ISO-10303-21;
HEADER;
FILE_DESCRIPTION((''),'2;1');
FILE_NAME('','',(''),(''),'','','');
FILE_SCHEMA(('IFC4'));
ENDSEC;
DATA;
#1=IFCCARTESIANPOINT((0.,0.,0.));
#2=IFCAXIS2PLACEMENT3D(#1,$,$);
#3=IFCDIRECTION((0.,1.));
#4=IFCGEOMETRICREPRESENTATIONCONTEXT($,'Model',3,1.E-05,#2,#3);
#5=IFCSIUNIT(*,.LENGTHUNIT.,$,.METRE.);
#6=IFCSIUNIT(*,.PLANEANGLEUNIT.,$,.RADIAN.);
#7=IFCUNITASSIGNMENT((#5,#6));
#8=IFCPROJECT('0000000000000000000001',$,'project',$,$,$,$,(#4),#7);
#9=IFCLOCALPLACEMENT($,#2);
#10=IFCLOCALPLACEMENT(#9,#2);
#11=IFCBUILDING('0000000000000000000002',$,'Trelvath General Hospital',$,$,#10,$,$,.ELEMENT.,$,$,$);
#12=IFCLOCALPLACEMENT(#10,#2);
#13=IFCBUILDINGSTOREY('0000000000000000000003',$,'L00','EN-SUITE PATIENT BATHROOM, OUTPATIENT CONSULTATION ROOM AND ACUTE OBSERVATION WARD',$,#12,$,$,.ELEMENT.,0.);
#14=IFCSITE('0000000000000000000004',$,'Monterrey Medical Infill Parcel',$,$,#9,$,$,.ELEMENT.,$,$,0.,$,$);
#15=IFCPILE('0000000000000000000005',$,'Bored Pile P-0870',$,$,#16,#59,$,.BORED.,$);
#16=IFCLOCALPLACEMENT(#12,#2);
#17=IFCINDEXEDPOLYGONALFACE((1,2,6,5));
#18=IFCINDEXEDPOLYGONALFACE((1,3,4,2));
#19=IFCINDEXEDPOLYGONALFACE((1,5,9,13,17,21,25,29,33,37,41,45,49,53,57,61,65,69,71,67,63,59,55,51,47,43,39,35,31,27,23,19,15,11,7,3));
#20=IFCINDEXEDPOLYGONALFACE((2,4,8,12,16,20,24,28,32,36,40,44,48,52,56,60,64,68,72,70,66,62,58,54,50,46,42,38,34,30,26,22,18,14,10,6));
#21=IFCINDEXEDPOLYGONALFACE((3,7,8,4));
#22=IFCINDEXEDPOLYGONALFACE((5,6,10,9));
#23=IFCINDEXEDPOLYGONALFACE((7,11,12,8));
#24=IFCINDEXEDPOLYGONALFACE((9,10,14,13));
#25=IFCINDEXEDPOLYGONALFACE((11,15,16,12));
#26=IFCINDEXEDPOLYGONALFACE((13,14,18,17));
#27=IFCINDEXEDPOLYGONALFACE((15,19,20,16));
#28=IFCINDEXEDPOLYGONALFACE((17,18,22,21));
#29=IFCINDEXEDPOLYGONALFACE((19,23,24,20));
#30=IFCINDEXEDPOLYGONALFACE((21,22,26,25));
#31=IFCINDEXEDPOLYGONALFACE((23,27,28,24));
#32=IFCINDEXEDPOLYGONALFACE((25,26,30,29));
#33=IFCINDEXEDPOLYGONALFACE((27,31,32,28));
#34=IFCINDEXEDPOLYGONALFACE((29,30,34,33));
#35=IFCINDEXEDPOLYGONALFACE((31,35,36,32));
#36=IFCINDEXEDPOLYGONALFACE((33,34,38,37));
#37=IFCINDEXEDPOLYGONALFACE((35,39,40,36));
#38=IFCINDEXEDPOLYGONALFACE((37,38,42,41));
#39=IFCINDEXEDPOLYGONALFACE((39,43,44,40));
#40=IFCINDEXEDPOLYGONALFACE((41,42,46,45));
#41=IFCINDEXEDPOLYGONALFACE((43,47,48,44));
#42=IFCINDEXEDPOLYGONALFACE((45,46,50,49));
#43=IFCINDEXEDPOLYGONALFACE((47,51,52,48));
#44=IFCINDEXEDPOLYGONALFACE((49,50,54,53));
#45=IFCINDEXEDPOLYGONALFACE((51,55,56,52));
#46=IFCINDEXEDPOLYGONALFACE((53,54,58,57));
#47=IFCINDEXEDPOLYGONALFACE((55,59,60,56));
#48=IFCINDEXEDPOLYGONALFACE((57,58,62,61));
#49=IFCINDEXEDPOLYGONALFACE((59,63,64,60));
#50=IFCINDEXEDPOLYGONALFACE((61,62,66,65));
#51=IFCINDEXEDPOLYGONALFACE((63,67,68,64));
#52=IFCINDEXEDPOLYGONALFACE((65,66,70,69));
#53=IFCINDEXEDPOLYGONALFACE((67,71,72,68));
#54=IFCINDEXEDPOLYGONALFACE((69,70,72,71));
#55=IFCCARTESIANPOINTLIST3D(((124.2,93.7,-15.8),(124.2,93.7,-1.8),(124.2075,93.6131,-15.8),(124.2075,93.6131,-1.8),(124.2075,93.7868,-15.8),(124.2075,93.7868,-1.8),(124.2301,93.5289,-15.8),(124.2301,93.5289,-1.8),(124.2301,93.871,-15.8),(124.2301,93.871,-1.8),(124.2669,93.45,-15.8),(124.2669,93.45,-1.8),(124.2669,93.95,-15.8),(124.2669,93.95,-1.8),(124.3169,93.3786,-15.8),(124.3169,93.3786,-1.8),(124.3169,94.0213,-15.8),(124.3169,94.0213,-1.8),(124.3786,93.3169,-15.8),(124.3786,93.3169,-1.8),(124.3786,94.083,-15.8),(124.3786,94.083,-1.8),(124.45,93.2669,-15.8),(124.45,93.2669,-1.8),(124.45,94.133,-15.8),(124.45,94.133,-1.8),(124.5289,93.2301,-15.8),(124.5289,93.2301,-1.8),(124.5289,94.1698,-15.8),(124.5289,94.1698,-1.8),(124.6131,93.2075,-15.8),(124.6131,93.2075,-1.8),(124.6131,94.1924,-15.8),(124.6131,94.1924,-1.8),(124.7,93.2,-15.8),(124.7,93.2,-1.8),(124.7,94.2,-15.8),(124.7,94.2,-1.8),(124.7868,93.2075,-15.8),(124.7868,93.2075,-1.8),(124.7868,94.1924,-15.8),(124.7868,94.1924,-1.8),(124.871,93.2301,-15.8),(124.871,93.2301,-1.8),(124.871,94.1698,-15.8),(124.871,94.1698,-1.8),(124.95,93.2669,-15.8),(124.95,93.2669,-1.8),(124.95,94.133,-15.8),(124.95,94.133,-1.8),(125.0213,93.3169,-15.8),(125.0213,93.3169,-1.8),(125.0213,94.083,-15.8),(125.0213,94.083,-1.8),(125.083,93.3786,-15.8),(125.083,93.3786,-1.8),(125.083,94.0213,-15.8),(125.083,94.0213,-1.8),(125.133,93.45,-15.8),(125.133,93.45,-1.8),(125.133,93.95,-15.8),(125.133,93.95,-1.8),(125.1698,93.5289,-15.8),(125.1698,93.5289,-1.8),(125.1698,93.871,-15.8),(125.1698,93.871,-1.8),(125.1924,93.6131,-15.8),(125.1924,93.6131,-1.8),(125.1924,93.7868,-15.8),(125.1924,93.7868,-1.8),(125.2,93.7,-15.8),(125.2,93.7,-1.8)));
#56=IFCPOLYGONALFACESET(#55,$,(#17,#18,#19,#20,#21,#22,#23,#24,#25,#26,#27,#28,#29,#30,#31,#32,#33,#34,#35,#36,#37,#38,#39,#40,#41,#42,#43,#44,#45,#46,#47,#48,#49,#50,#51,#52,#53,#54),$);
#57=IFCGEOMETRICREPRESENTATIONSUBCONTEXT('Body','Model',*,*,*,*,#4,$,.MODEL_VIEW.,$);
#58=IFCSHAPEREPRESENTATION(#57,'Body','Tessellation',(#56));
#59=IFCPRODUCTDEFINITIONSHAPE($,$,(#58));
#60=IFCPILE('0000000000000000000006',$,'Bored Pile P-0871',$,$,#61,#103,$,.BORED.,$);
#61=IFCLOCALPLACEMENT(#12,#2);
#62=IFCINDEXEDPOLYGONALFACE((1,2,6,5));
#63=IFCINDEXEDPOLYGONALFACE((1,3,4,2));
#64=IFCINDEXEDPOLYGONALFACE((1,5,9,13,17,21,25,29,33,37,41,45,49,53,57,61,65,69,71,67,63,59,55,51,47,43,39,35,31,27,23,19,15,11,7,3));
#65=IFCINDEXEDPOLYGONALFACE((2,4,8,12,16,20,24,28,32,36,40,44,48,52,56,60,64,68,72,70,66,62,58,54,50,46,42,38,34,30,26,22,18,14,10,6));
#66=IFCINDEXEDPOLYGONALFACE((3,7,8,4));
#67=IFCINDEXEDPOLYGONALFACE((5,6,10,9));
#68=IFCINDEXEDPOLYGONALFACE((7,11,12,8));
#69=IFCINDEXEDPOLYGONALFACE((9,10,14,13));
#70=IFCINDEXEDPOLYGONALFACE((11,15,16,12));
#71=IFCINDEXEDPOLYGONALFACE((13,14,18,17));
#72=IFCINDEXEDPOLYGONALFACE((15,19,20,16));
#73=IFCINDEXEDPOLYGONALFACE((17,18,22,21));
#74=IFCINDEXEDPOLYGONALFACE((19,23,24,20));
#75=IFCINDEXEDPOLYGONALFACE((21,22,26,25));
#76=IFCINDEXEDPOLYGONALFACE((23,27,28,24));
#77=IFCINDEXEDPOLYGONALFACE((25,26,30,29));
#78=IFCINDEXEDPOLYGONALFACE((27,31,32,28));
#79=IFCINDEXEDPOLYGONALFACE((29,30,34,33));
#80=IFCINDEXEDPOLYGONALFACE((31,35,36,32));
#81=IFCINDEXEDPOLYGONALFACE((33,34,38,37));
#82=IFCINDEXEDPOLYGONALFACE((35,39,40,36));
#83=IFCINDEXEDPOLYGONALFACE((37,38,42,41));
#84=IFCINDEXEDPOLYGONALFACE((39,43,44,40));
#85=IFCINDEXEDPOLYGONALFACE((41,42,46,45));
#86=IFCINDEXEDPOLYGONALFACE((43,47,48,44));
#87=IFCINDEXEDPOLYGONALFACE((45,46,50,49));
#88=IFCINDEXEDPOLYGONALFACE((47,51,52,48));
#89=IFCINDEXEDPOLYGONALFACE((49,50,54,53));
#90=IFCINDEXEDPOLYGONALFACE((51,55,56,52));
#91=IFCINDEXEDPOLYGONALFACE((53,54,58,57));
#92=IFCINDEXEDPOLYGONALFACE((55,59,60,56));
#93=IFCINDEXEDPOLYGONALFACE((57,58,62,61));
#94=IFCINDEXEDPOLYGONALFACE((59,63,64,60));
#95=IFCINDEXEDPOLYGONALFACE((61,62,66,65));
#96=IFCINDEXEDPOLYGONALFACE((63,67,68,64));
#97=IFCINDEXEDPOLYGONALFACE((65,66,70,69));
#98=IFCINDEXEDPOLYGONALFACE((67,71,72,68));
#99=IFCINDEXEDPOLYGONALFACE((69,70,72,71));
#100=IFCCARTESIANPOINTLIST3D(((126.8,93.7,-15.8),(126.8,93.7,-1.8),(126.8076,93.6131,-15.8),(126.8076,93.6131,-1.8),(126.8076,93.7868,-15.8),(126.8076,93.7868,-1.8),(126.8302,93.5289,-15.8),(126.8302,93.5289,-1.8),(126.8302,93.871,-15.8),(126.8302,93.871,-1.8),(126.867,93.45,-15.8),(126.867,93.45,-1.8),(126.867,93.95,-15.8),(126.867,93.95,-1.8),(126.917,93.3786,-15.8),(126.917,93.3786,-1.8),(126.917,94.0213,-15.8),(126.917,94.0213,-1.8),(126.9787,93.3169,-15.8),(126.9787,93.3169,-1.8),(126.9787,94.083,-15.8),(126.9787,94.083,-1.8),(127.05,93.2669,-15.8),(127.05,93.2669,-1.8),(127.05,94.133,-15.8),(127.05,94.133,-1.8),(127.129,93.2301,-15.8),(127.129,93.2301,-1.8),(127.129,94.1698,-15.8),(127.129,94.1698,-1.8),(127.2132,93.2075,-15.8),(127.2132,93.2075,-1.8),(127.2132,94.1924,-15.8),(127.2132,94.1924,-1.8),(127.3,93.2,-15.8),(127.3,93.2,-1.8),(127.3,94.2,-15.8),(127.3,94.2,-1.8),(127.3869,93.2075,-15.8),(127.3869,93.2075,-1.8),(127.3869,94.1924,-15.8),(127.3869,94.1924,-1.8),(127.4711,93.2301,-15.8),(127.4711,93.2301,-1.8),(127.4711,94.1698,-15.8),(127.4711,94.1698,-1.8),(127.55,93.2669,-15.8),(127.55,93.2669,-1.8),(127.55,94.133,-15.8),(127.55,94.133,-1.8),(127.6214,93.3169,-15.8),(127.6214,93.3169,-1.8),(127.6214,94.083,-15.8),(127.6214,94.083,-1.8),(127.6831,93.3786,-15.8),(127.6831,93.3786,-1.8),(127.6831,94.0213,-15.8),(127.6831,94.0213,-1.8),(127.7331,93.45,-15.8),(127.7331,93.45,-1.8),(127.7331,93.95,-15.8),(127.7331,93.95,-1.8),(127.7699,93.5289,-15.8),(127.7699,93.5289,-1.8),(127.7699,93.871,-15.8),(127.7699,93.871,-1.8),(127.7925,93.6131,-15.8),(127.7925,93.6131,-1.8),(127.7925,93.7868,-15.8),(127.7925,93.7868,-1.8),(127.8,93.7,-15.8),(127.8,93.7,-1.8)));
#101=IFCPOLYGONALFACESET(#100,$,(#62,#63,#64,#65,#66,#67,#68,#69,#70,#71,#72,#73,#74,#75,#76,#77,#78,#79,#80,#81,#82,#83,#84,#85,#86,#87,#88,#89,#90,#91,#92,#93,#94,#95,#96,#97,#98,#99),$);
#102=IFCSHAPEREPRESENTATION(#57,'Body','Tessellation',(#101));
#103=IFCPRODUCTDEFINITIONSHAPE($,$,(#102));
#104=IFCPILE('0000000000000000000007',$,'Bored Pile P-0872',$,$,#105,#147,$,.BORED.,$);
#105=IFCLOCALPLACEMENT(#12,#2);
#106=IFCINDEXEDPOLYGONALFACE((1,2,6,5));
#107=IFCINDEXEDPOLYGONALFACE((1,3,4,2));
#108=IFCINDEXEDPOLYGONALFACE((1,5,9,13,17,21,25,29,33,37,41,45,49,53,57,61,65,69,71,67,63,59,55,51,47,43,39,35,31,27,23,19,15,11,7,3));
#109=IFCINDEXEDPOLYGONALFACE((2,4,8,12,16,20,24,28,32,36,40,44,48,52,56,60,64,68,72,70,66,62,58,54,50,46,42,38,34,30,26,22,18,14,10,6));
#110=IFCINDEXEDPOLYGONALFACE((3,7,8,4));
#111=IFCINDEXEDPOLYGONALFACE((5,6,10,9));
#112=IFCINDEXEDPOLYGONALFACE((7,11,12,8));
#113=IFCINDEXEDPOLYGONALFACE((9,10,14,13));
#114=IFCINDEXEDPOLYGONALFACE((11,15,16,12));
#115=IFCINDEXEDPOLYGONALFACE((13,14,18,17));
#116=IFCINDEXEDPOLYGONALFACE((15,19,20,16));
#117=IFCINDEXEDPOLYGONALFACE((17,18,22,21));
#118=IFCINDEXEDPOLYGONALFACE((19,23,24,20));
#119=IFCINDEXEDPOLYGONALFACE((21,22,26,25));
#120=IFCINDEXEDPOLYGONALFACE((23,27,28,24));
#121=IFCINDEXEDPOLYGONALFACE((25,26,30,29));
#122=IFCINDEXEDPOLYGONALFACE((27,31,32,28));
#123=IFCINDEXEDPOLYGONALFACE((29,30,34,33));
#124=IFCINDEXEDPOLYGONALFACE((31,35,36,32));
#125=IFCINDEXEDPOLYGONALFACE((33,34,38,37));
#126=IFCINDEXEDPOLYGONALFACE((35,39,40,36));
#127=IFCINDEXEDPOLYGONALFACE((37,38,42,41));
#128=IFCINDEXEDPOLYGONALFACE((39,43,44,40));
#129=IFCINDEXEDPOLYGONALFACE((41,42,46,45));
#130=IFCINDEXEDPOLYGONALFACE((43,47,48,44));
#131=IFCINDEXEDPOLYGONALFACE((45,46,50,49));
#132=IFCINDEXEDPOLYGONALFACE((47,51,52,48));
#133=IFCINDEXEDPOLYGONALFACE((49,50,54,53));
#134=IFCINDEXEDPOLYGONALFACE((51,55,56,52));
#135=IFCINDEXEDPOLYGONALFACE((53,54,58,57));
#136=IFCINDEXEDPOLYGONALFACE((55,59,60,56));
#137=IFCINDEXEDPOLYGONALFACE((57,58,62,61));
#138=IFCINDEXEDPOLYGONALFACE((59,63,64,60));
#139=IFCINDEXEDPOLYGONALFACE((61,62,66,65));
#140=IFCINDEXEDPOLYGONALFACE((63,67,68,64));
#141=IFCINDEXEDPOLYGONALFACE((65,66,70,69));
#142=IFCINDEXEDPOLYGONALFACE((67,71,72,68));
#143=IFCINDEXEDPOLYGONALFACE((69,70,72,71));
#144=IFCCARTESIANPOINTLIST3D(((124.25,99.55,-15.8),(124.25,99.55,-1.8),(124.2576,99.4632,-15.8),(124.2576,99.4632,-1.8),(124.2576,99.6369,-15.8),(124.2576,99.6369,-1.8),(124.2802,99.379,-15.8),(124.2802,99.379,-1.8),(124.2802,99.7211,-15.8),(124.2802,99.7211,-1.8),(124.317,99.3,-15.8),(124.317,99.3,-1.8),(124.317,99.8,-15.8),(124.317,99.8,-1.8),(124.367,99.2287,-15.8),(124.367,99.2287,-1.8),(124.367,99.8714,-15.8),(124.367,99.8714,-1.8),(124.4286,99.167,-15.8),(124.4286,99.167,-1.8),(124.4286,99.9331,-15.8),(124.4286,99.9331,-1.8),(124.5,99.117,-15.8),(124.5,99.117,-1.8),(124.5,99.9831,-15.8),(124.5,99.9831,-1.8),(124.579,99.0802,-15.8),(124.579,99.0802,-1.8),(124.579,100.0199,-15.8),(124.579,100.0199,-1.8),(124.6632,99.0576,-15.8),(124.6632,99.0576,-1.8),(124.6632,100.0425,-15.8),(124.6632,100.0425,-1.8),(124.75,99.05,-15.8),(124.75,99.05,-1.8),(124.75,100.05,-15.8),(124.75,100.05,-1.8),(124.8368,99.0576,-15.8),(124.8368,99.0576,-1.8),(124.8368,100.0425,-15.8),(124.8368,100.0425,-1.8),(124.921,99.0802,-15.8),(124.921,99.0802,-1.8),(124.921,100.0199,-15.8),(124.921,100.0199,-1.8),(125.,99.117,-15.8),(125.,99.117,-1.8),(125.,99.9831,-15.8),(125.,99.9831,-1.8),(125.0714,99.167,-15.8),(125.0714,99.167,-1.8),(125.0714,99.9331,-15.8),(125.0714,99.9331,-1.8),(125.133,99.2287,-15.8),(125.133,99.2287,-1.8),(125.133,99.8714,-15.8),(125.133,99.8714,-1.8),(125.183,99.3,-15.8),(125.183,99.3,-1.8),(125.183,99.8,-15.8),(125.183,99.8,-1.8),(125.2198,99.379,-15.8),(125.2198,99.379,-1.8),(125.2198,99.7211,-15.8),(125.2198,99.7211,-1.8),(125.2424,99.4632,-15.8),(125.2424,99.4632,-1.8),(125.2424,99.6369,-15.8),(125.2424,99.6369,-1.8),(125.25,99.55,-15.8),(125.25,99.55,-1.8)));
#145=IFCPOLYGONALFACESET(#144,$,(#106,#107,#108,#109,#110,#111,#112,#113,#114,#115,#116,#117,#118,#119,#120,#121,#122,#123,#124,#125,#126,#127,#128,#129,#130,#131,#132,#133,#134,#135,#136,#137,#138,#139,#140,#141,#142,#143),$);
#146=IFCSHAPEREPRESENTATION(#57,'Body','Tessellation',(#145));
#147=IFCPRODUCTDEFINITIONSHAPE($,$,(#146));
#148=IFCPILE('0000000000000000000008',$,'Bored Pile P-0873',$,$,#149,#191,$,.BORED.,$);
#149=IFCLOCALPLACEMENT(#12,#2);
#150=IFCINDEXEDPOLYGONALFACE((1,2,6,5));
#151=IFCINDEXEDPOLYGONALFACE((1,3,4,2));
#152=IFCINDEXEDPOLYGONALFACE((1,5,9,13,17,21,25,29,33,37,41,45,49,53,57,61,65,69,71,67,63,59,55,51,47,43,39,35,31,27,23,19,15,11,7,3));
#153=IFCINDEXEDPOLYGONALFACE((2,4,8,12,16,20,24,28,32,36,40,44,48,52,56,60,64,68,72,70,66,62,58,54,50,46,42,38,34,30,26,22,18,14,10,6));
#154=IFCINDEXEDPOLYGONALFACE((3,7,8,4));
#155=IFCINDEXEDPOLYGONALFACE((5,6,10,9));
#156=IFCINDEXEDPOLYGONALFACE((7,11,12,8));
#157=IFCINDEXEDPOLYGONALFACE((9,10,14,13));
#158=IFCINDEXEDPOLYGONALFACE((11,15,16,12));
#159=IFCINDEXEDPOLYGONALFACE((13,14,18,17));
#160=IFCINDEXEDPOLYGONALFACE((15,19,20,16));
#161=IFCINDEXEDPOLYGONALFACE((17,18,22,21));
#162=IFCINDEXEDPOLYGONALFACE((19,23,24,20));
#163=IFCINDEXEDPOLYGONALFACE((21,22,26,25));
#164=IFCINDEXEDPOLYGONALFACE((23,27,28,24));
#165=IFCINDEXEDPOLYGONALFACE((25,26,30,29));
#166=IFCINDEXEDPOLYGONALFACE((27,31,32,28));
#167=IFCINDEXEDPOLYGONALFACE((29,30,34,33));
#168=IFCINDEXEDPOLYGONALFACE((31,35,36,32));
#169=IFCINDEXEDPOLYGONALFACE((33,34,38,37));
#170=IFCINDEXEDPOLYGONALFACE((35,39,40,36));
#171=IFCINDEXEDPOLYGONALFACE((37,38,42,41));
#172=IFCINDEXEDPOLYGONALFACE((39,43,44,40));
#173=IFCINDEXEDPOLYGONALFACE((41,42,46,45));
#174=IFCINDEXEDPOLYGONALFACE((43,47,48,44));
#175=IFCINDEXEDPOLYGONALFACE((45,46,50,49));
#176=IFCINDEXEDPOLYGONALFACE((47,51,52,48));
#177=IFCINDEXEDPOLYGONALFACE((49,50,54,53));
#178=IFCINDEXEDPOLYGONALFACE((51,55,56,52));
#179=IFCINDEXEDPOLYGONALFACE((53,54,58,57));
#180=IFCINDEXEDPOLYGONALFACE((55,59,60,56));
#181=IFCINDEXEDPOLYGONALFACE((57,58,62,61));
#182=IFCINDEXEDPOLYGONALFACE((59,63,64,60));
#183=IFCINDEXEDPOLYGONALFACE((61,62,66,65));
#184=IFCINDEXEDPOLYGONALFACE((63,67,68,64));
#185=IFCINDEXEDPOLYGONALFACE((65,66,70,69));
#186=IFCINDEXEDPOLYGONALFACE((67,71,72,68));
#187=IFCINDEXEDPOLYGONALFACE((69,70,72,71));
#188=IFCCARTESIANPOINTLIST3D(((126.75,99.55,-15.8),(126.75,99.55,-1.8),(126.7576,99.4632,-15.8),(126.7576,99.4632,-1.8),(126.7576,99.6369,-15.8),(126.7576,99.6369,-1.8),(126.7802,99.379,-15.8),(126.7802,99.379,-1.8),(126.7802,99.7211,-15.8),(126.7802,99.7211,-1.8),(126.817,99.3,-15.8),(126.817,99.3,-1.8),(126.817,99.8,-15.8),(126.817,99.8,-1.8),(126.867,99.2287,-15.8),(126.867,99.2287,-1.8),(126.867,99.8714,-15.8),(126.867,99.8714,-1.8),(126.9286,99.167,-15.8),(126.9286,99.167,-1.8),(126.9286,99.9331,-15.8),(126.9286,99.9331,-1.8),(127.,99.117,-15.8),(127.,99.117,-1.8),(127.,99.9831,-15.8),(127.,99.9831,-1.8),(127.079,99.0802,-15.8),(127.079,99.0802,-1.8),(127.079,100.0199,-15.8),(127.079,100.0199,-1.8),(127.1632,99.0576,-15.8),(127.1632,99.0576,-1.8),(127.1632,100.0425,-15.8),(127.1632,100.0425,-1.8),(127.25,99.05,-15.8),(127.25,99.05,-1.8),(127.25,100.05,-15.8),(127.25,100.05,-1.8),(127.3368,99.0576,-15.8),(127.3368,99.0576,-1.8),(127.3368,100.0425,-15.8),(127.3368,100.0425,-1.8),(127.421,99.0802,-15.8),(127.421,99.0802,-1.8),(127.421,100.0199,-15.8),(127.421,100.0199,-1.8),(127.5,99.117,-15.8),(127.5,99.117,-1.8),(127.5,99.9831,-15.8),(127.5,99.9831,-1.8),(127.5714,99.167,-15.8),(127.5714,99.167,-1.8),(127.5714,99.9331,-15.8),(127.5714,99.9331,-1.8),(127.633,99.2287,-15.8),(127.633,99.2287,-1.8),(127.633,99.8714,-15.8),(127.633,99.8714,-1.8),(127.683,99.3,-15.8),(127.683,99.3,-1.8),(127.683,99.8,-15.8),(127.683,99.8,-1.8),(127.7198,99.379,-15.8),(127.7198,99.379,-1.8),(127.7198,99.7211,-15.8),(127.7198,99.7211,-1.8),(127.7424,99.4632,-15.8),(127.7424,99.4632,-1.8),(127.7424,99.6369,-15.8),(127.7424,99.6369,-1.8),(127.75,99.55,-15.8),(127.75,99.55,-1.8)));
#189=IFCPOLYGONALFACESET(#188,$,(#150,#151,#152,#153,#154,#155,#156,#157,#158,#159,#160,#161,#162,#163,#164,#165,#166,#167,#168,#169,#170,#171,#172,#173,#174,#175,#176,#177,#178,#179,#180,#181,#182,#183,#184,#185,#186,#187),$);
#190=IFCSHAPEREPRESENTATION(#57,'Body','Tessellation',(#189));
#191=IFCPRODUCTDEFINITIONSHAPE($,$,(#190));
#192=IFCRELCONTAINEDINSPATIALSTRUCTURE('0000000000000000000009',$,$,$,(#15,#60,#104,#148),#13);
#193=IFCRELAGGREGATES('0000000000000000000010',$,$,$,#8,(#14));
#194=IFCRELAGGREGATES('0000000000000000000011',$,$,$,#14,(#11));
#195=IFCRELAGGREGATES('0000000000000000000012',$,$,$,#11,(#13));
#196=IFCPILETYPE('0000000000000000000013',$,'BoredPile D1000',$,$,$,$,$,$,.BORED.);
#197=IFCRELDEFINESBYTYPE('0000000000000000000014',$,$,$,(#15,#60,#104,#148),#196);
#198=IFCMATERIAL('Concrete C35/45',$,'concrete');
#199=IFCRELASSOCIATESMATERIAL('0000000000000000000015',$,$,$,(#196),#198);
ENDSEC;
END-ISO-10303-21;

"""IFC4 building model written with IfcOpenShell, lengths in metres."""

from ifc_helpers import new_model, si_unit, direction, frame, origin, origin_2d, place, context, subcontext, project, spatial, circle, extrude, material, material_profile, profile_set, type_object, element, save


model = new_model("IFC4")

# Units and contexts
model_context = context("Model", 3, precision=1e-05, world=origin(), true_north=direction((0.0, 1.0)))
body_context = subcontext(model_context, "Body", "Model", "MODEL_VIEW")
ifc_project = project(units=[si_unit("LENGTHUNIT", "METRE"), si_unit("PLANEANGLEUNIT", "RADIAN")], contexts=[model_context])

# Site, building, storey
site_placement = place(None, origin())
site = spatial("IfcSite", under=ifc_project, at=site_placement, Name="Monterrey Medical Infill Parcel", CompositionType="ELEMENT", RefElevation=0.0)
building_placement = place(site_placement, origin())
building = spatial("IfcBuilding", under=site, at=building_placement, Name="Trelvath General Hospital", CompositionType="ELEMENT")
storey_placement = place(building_placement, origin())
storey = spatial("IfcBuildingStorey", under=building, at=storey_placement, Name="L00", Description="EN-SUITE PATIENT BATHROOM, OUTPATIENT CONSULTATION ROOM AND ACUTE OBSERVATION WARD", CompositionType="ELEMENT", Elevation=0.0)

# Piles
ifc_material_1 = material(Name="Concrete C35/45", Category="concrete")
ifc_material_profile_1 = material_profile(ifc_material_1, circle(Radius=0.5, at=origin_2d()), Name="PILE1000")
ifc_profile_set_1 = profile_set([ifc_material_profile_1], Name="Concrete C35/45")
pile_type_1 = type_object("IfcPileType", Name="BoredPile D1000", PredefinedType="BORED", material=ifc_profile_set_1)
for number, where, z_axis, x_axis, name in (
    (1, (124.7, 93.7, -1.8), (0.0, 0.0, -1.0), (1.0, 0.0, 0.0), "Bored Pile P-0870"),
    (2, (127.3, 93.7, -1.8), (0.0, 0.0, -1.0), (1.0, 0.0, 0.0), "Bored Pile P-0871"),
    (3, (124.75, 99.55, -1.8), (0.0, 0.0, -1.0), (1.0, 0.0, 0.0), "Bored Pile P-0872"),
    (4, (127.25, 99.55, -1.8), (0.0, 0.0, -1.0), (1.0, 0.0, 0.0), "Bored Pile P-0873"),
):
    element("IfcPile", number, at=place(storey_placement, frame(where, z_axis=z_axis, x_axis=x_axis)), inside=storey, type_object=pile_type_1, Name=name, PredefinedType="BORED", context=body_context, shape_type="SweptSolid", body=[
        extrude(circle(Radius=0.5, at=origin_2d()), origin(), (0.0, 0.0, 1.0), 14.0),
    ])

save(model, "model.ifc")
